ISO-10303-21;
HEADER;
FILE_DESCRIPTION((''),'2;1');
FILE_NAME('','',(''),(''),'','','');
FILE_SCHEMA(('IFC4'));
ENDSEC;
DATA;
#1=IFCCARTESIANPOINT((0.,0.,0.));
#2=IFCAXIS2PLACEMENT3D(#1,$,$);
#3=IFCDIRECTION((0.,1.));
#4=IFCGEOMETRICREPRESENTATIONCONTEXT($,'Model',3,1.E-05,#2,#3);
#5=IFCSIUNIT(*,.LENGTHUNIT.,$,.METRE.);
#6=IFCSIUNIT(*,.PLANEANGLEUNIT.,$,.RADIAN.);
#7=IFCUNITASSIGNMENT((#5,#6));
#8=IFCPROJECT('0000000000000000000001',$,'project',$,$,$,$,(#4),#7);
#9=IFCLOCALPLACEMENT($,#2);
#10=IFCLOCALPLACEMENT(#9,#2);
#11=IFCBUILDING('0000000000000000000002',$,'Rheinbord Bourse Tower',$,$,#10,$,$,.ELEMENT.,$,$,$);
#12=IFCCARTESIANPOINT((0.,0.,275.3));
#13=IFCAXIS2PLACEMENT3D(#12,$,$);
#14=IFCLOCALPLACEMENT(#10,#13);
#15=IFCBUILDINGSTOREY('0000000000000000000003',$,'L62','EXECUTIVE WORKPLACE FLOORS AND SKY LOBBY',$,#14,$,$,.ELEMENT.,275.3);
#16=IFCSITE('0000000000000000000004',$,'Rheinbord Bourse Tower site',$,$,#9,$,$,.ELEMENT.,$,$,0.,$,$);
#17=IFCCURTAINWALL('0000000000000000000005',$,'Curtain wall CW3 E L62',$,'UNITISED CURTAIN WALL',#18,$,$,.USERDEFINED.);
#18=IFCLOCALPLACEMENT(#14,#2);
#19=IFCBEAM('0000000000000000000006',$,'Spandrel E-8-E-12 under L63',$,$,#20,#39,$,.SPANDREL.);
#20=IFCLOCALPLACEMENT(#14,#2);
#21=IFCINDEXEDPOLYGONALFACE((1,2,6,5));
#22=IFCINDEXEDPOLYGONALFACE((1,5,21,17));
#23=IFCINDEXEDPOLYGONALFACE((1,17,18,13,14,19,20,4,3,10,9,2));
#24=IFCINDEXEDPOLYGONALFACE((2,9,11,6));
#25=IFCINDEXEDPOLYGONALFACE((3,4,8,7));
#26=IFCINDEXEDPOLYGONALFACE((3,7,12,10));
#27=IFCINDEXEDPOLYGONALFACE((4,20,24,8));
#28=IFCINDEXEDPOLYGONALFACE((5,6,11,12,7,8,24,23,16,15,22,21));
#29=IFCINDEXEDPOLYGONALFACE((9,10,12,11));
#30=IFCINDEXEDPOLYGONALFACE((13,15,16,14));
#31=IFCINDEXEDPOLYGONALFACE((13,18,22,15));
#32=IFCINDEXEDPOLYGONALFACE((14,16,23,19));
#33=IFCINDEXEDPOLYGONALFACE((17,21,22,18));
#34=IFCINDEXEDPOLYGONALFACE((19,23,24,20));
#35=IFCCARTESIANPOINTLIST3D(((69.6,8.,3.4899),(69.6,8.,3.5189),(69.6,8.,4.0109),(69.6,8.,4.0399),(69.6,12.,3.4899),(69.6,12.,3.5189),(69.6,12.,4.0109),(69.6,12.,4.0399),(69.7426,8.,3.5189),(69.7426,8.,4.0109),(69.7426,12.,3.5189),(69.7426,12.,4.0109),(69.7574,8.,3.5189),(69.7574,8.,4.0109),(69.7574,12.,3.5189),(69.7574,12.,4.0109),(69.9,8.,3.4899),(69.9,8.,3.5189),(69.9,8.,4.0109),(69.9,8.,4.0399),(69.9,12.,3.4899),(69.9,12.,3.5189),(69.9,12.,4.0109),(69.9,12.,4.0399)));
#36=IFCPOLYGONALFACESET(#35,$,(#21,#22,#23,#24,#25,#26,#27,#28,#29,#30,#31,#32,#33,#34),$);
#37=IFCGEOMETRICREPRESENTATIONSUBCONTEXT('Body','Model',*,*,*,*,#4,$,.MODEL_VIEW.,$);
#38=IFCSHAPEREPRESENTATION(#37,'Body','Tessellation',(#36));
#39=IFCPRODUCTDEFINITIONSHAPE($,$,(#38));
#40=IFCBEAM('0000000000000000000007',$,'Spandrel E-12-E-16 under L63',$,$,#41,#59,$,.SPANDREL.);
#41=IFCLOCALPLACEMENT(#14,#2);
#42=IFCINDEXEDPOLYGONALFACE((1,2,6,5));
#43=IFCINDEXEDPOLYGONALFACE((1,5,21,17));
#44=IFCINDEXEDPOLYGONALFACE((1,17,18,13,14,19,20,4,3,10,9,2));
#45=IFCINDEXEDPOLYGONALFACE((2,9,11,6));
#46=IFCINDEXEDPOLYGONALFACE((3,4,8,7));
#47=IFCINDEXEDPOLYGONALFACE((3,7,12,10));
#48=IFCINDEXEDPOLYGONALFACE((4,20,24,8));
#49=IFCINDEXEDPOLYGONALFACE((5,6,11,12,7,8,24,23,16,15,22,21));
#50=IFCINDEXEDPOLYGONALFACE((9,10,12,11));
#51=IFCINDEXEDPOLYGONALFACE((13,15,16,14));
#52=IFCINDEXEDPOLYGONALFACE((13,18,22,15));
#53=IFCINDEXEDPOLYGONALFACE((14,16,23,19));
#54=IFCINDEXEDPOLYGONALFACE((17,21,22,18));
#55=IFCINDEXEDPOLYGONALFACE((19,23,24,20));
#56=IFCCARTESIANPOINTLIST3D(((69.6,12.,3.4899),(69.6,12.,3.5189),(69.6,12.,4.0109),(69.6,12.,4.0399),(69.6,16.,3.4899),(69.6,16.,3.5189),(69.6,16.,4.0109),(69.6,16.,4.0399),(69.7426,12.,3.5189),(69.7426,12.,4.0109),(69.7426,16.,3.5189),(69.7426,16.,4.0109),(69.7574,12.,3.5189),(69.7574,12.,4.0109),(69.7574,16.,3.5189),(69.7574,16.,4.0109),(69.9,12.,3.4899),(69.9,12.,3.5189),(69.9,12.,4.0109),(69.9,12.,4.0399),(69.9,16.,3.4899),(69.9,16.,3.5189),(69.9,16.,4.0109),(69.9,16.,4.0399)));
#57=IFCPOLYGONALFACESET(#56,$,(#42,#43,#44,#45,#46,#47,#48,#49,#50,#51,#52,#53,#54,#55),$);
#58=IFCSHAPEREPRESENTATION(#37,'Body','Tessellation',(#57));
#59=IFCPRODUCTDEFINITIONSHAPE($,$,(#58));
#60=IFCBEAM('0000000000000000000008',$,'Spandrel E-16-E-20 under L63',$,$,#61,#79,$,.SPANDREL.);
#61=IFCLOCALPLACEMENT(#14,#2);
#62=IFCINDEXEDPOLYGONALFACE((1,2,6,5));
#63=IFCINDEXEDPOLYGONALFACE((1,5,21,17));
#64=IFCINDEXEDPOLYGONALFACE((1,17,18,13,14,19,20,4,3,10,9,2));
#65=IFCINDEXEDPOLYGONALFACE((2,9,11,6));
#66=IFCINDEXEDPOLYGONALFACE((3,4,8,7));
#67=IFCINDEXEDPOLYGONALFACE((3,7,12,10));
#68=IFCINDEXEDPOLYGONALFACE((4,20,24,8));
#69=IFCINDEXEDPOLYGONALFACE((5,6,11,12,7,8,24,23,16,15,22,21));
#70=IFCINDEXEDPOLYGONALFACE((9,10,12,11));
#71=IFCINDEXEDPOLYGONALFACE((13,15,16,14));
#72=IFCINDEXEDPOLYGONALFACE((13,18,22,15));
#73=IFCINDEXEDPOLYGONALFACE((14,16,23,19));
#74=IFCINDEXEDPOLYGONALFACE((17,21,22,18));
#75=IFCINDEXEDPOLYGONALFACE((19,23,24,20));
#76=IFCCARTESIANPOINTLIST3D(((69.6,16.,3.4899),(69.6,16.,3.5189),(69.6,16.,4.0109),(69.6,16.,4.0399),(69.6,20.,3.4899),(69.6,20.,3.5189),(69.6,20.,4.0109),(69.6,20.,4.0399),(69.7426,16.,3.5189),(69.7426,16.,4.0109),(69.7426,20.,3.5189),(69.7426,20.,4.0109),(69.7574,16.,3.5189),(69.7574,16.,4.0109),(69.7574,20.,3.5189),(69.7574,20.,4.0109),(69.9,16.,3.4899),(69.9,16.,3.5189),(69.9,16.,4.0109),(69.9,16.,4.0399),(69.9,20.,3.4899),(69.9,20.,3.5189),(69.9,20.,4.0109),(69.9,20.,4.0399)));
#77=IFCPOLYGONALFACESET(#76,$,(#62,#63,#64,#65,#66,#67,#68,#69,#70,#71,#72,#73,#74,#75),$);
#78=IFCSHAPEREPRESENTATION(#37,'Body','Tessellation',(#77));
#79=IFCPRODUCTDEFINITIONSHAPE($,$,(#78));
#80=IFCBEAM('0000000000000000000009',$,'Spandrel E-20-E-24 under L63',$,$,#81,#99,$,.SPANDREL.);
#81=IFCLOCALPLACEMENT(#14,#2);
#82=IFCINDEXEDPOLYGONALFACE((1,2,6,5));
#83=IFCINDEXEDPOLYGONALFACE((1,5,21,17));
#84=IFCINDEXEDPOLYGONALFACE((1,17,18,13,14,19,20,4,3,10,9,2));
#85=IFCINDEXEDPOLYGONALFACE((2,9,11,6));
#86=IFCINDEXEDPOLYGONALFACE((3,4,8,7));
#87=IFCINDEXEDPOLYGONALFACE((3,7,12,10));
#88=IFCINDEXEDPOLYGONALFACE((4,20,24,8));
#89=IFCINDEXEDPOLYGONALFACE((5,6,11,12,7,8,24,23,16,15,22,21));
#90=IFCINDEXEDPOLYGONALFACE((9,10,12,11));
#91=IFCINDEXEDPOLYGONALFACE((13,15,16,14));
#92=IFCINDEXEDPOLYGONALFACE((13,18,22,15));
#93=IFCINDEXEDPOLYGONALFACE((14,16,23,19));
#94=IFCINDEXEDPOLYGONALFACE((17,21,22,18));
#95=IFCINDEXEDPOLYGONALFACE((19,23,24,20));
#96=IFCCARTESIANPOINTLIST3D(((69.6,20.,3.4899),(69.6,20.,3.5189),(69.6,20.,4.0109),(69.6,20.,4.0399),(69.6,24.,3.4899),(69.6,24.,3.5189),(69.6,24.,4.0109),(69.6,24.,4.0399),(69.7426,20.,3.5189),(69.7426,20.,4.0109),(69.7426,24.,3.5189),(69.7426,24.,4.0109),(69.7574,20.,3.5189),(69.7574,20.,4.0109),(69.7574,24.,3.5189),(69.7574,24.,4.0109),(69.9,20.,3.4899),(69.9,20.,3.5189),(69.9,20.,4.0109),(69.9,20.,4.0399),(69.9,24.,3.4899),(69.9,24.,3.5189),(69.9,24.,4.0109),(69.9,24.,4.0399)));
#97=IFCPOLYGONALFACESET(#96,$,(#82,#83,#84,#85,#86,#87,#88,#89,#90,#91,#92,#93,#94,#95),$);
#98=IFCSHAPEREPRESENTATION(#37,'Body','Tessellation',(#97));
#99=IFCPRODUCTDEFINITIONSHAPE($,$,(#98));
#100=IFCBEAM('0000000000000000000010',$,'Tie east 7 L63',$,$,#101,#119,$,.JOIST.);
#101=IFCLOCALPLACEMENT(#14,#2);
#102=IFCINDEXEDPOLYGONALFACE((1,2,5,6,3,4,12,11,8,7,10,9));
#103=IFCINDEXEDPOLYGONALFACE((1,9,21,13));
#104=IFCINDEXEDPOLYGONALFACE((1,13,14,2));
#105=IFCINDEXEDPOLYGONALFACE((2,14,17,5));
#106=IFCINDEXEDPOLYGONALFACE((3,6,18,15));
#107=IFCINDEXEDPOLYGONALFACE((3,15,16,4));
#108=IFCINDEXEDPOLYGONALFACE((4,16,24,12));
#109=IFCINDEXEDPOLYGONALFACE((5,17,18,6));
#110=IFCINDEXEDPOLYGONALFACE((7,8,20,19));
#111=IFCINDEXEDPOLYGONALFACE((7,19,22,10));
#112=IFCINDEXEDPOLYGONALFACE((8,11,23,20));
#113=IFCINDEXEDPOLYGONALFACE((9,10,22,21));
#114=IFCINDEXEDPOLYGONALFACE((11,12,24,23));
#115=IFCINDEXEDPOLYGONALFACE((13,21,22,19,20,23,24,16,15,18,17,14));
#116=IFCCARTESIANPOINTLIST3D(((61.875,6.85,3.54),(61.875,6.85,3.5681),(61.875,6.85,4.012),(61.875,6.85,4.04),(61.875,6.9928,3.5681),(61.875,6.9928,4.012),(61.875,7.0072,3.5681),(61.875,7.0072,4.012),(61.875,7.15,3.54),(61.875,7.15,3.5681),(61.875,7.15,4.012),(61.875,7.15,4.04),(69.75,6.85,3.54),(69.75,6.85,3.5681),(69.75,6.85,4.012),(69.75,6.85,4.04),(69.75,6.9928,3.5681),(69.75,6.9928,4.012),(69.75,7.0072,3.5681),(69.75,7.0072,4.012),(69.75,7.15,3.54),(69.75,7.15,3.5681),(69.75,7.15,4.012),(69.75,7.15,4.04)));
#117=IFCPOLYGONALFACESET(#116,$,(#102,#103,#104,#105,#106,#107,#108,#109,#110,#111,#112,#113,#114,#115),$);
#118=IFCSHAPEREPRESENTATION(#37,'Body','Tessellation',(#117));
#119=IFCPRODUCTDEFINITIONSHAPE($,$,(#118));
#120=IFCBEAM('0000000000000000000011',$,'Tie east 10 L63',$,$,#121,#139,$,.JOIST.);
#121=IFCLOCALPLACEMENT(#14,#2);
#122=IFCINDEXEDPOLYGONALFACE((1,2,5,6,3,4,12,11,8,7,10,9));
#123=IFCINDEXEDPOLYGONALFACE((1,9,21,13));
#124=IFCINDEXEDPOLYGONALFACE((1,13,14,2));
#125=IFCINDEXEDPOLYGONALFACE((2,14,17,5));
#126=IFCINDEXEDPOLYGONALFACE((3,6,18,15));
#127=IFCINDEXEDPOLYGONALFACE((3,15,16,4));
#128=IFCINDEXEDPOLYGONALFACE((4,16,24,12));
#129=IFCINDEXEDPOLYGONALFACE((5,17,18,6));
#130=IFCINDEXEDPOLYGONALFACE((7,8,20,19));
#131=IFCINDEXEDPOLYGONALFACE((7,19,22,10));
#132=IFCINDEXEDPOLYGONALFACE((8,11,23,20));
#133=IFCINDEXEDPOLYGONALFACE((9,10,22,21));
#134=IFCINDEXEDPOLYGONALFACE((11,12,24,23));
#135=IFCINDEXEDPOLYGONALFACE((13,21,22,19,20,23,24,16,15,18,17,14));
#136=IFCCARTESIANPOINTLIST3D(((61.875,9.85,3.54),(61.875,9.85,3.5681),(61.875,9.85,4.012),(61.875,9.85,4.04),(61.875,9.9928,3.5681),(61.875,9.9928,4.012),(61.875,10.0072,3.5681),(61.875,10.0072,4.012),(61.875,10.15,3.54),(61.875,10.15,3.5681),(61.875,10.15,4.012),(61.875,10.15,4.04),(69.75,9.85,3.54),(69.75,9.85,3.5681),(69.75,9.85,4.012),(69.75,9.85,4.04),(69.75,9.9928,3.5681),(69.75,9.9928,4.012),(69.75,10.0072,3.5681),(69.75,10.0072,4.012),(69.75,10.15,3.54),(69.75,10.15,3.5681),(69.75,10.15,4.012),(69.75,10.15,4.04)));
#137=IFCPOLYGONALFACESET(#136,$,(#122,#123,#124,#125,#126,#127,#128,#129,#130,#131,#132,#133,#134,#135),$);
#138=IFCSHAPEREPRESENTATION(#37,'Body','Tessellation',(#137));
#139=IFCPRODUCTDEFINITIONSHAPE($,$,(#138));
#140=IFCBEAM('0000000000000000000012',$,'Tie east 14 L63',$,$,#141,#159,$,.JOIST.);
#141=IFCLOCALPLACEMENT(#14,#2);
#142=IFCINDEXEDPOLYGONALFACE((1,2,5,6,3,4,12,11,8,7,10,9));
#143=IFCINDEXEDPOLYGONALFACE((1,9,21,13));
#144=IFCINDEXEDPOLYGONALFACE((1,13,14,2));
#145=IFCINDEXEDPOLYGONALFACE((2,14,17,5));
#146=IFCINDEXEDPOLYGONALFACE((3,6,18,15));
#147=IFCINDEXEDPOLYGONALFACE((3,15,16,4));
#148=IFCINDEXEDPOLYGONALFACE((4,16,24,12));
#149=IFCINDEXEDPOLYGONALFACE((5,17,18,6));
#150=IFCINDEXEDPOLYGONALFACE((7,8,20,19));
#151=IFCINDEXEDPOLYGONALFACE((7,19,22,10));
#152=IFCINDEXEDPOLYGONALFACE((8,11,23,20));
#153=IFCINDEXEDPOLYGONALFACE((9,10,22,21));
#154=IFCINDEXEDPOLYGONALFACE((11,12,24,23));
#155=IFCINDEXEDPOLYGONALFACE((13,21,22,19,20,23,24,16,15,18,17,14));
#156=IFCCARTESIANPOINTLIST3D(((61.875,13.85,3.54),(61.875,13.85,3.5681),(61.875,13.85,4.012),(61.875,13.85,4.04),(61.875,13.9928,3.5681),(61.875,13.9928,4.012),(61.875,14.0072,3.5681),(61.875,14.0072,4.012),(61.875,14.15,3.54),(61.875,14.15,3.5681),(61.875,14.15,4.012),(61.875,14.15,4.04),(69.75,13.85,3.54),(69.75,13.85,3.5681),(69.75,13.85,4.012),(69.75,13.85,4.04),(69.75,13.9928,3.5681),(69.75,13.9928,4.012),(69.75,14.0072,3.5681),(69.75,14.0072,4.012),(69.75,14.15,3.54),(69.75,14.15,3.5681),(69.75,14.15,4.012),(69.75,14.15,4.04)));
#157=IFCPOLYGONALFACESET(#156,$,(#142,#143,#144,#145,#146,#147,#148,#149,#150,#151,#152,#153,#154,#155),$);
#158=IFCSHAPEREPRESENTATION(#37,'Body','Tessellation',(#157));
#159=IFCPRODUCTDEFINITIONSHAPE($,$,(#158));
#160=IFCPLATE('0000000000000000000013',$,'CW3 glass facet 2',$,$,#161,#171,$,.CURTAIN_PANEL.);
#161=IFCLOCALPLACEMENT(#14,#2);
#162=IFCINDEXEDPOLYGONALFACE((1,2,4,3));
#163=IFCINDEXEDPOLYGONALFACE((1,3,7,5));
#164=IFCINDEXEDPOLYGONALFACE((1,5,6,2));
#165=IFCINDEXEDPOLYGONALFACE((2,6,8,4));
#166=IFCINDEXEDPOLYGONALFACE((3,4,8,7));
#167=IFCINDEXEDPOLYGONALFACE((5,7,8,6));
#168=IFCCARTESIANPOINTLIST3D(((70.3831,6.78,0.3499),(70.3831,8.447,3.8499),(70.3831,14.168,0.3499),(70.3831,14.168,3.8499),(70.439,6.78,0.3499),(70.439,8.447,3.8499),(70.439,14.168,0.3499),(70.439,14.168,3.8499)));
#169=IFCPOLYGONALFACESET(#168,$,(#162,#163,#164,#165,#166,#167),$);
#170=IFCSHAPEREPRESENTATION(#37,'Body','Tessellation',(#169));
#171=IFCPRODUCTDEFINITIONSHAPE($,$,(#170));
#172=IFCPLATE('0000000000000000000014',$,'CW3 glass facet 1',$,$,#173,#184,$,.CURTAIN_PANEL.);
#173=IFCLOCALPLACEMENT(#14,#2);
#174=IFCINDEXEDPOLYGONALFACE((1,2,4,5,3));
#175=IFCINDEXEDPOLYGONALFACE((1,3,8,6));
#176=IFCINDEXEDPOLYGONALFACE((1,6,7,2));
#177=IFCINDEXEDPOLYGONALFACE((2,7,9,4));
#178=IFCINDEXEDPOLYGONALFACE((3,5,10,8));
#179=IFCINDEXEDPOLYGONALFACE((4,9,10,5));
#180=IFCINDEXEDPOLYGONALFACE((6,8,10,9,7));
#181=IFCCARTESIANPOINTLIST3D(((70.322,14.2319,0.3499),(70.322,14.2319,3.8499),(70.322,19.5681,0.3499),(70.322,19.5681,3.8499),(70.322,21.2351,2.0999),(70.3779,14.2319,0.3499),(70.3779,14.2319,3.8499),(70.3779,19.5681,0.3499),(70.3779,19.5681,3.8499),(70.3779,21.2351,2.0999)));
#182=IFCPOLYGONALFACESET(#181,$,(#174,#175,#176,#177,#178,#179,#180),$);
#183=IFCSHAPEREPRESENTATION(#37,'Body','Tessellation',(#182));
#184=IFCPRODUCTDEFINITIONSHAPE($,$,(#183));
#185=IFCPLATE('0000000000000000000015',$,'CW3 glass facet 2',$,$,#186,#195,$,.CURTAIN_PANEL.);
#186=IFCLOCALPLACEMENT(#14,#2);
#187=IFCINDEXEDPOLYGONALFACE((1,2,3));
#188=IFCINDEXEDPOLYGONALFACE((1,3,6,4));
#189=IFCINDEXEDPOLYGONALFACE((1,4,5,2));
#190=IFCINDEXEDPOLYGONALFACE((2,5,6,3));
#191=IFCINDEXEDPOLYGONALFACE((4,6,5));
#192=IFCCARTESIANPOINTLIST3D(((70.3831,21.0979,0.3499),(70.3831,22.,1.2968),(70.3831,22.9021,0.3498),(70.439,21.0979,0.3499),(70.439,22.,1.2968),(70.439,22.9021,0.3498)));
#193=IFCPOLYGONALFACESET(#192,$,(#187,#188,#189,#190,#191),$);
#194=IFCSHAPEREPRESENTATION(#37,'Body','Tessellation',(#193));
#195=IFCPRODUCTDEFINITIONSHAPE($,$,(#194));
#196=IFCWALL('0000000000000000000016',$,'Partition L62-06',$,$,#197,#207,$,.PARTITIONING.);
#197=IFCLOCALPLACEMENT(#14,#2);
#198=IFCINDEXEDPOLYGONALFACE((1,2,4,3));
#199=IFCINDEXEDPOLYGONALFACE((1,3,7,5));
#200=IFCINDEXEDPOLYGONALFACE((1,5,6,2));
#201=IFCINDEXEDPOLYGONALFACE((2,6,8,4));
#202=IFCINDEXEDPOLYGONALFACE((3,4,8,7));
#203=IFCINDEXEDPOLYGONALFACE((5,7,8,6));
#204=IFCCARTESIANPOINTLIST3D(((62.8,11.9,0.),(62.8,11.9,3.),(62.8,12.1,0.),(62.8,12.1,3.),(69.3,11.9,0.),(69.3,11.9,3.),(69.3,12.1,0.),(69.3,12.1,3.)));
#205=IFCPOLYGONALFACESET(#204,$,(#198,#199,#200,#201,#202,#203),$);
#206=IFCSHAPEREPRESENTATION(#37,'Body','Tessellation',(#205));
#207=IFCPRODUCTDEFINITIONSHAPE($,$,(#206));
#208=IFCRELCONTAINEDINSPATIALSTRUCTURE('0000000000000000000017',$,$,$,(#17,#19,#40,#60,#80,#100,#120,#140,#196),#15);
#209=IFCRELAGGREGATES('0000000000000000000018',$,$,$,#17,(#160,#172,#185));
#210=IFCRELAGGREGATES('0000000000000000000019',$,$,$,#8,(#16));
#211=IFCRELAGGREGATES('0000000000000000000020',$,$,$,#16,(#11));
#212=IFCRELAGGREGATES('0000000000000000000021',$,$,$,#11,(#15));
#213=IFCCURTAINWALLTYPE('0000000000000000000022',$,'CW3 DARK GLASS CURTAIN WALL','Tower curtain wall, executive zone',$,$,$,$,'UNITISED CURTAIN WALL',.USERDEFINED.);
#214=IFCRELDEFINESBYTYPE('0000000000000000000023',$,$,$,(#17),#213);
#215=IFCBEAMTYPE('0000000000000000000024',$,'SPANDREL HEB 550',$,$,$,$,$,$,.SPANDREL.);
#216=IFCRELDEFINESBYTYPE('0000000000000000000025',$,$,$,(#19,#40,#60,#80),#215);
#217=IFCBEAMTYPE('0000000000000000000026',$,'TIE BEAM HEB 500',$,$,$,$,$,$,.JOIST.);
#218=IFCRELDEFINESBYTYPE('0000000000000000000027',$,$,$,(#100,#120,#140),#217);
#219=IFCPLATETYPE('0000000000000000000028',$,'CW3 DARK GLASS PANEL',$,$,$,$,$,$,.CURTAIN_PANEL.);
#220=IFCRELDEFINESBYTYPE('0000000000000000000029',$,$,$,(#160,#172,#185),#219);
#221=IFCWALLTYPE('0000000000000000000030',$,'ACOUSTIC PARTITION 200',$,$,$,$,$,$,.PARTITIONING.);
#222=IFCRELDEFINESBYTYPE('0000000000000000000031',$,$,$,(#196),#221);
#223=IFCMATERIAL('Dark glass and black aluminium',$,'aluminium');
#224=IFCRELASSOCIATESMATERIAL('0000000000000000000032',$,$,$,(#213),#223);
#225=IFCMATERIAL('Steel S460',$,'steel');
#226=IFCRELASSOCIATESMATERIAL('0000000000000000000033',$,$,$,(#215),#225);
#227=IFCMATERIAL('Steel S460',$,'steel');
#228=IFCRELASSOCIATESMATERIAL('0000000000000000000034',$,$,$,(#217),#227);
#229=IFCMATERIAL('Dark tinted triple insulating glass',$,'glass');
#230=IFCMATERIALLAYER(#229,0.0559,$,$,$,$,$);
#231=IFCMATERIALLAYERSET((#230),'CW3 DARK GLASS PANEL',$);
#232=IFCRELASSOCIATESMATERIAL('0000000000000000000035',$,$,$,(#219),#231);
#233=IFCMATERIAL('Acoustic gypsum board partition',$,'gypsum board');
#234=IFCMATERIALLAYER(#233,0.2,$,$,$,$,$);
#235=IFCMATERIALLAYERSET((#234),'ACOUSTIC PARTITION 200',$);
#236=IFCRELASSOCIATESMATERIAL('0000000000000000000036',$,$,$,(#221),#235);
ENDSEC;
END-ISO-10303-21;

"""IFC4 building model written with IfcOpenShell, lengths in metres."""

from ifc_helpers import new_model, si_unit, direction, frame, frame_2d, origin, origin_2d, place, context, subcontext, project, spatial, polyline, rectangle, i_section, outline, extrude, material, layer, layer_set, material_profile, profile_set, type_object, element, aggregate, save


model = new_model("IFC4")

# Units and contexts
model_context = context("Model", 3, precision=1e-05, world=origin(), true_north=direction((0.0, 1.0)))
body_context = subcontext(model_context, "Body", "Model", "MODEL_VIEW")
ifc_project = project(units=[si_unit("LENGTHUNIT", "METRE"), si_unit("PLANEANGLEUNIT", "RADIAN")], contexts=[model_context])

# Site, building, storey
site_placement = place(None, origin())
site = spatial("IfcSite", under=ifc_project, at=site_placement, Name="Rheinbord Bourse Tower site", CompositionType="ELEMENT", RefElevation=0.0)
building_placement = place(site_placement, origin())
building = spatial("IfcBuilding", under=site, at=building_placement, Name="Rheinbord Bourse Tower", CompositionType="ELEMENT")
storey_placement = place(building_placement, frame((0.0, 0.0, 275.3)))
storey = spatial("IfcBuildingStorey", under=building, at=storey_placement, Name="L62", Description="EXECUTIVE WORKPLACE FLOORS AND SKY LOBBY", CompositionType="ELEMENT", Elevation=275.3)

# Curtain wall
ifc_material_1 = material(Name="Dark glass and black aluminium", Category="aluminium")
curtain_wall_type = type_object("IfcCurtainWallType", Name="CW3 DARK GLASS CURTAIN WALL", Description="Tower curtain wall, executive zone", ElementType="UNITISED CURTAIN WALL", PredefinedType="USERDEFINED", material=ifc_material_1)
curtain_wall_placement = place(storey_placement, origin())
curtain_wall = element("IfcCurtainWall", 1, at=curtain_wall_placement, inside=storey, type_object=curtain_wall_type, Name="Curtain wall CW3 E L62", ObjectType="UNITISED CURTAIN WALL", PredefinedType="USERDEFINED")

# Beams
ifc_material_2 = material(Name="Steel S460", Category="steel")
ifc_material_profile_1 = material_profile(ifc_material_2, i_section(OverallWidth=0.3, OverallDepth=0.55, WebThickness=0.0149, FlangeThickness=0.0291, at=origin_2d()), Name="HEB 550")
ifc_profile_set_1 = profile_set([ifc_material_profile_1], Name="Steel S460")
beam_type_1 = type_object("IfcBeamType", Name="SPANDREL HEB 550", PredefinedType="SPANDREL", material=ifc_profile_set_1)
for number, where, z_axis, x_axis, name in (
    (2, (69.75, 8.0, 3.7649), (0.0, 1.0, 0.0), (-1.0, 0.0, 0.0), "Spandrel E-8-E-12 under L63"),
    (3, (69.75, 12.0, 3.7649), (0.0, 1.0, 0.0), (-1.0, 0.0, 0.0), "Spandrel E-12-E-16 under L63"),
    (4, (69.75, 16.0, 3.7649), (0.0, 1.0, 0.0), (-1.0, 0.0, 0.0), "Spandrel E-16-E-20 under L63"),
    (5, (69.75, 20.0, 3.7649), (0.0, 1.0, 0.0), (-1.0, 0.0, 0.0), "Spandrel E-20-E-24 under L63"),
):
    element("IfcBeam", number, at=place(storey_placement, frame(where, z_axis=z_axis, x_axis=x_axis)), inside=storey, type_object=beam_type_1, Name=name, PredefinedType="SPANDREL", context=body_context, shape_type="SweptSolid", body=[
        extrude(i_section(OverallWidth=0.3, OverallDepth=0.55, WebThickness=0.0149, FlangeThickness=0.0291, at=origin_2d()), origin(), (0.0, 0.0, 1.0), 4.0),
    ])
ifc_material_3 = material(Name="Steel S460", Category="steel")
ifc_material_profile_2 = material_profile(ifc_material_3, i_section(OverallWidth=0.3, OverallDepth=0.5, WebThickness=0.0144, FlangeThickness=0.0281, at=origin_2d()), Name="HEB 500")
ifc_profile_set_2 = profile_set([ifc_material_profile_2], Name="Steel S460")
beam_type_2 = type_object("IfcBeamType", Name="TIE BEAM HEB 500", PredefinedType="JOIST", material=ifc_profile_set_2)
for number, where, z_axis, x_axis, name in (
    (6, (61.875, 7.0, 3.79), (1.0, 0.0, 0.0), (0.0, 1.0, 0.0), "Tie east 7 L63"),
    (7, (61.875, 10.0, 3.79), (1.0, 0.0, 0.0), (0.0, 1.0, 0.0), "Tie east 10 L63"),
    (8, (61.875, 14.0, 3.79), (1.0, 0.0, 0.0), (0.0, 1.0, 0.0), "Tie east 14 L63"),
):
    element("IfcBeam", number, at=place(storey_placement, frame(where, z_axis=z_axis, x_axis=x_axis)), inside=storey, type_object=beam_type_2, Name=name, PredefinedType="JOIST", context=body_context, shape_type="SweptSolid", body=[
        extrude(i_section(OverallWidth=0.3, OverallDepth=0.5, WebThickness=0.0144, FlangeThickness=0.0281, at=origin_2d()), origin(), (0.0, 0.0, 1.0), 7.875),
    ])

# Plates
ifc_material_4 = material(Name="Dark tinted triple insulating glass", Category="glass")
ifc_layer_1 = layer(ifc_material_4, 0.0559)
ifc_layer_set_1 = layer_set([ifc_layer_1], Name="CW3 DARK GLASS PANEL")
plate_type = type_object("IfcPlateType", Name="CW3 DARK GLASS PANEL", PredefinedType="CURTAIN_PANEL", material=ifc_layer_set_1)
plate_1_placement = place(storey_placement, frame((70.439, 14.168, 3.8499), z_axis=(-1.0, 0.0, 0.0), x_axis=(0.0, 0.0, -1.0)))
plate_1 = element("IfcPlate", 9, at=plate_1_placement, type_object=plate_type, Name="CW3 glass facet 2", PredefinedType="CURTAIN_PANEL", context=body_context, shape_type="SweptSolid", body=[
    extrude(outline(polyline([(0.0, 0.0), (3.5, 0.0), (3.5, 7.3879), (0.0, 5.7209), (0.0, 0.0)])), origin(), (0.0, 0.0, 1.0), 0.0559),
])
plate_2_placement = place(storey_placement, frame((70.3779, 14.2319, 0.3499), z_axis=(-1.0, 0.0, 0.0), x_axis=(0.0, 0.0, 1.0)))
plate_2 = element("IfcPlate", 10, at=plate_2_placement, type_object=plate_type, Name="CW3 glass facet 1", PredefinedType="CURTAIN_PANEL", context=body_context, shape_type="SweptSolid", body=[
    extrude(outline(polyline([(0.0, 0.0), (3.5, 0.0), (3.5, 5.3362), (1.75, 7.0032), (0.0, 5.3362), (0.0, 0.0)])), origin(), (0.0, 0.0, 1.0), 0.0559),
])
plate_3_placement = place(storey_placement, frame((70.439, 21.0979, 0.3499), z_axis=(-1.0, 0.0, 0.0), x_axis=(0.0, 0.689725, 0.724071)))
plate_3 = element("IfcPlate", 11, at=plate_3_placement, type_object=plate_type, Name="CW3 glass facet 2", PredefinedType="CURTAIN_PANEL", context=body_context, shape_type="SweptSolid", body=[
    extrude(outline(polyline([(0.0, 0.0), (1.3079, 0.0), (1.2444, 1.3064), (0.0, 0.0)])), origin(), (0.0, 0.0, 1.0), 0.0559),
])
aggregate(curtain_wall, [plate_1, plate_2, plate_3])

# Wall
ifc_material_5 = material(Name="Acoustic gypsum board partition", Category="gypsum board")
ifc_layer_2 = layer(ifc_material_5, 0.2)
ifc_layer_set_2 = layer_set([ifc_layer_2], Name="ACOUSTIC PARTITION 200")
wall_type_1 = type_object("IfcWallType", Name="ACOUSTIC PARTITION 200", PredefinedType="PARTITIONING", material=ifc_layer_set_2)
wall_1_placement = place(storey_placement, frame((62.8, 12.0, 0.0), z_axis=(0.0, 0.0, 1.0), x_axis=(1.0, 0.0, 0.0)))
element("IfcWall", 12, at=wall_1_placement, inside=storey, type_object=wall_type_1, Name="Partition L62-06", PredefinedType="PARTITIONING", context=body_context, shape_type="SweptSolid", body=[
    extrude(rectangle(XDim=6.5, YDim=0.2, at=frame_2d((3.25, 0.0))), origin(), (0.0, 0.0, 1.0), 3.0),
])

save(model, "model.ifc")
